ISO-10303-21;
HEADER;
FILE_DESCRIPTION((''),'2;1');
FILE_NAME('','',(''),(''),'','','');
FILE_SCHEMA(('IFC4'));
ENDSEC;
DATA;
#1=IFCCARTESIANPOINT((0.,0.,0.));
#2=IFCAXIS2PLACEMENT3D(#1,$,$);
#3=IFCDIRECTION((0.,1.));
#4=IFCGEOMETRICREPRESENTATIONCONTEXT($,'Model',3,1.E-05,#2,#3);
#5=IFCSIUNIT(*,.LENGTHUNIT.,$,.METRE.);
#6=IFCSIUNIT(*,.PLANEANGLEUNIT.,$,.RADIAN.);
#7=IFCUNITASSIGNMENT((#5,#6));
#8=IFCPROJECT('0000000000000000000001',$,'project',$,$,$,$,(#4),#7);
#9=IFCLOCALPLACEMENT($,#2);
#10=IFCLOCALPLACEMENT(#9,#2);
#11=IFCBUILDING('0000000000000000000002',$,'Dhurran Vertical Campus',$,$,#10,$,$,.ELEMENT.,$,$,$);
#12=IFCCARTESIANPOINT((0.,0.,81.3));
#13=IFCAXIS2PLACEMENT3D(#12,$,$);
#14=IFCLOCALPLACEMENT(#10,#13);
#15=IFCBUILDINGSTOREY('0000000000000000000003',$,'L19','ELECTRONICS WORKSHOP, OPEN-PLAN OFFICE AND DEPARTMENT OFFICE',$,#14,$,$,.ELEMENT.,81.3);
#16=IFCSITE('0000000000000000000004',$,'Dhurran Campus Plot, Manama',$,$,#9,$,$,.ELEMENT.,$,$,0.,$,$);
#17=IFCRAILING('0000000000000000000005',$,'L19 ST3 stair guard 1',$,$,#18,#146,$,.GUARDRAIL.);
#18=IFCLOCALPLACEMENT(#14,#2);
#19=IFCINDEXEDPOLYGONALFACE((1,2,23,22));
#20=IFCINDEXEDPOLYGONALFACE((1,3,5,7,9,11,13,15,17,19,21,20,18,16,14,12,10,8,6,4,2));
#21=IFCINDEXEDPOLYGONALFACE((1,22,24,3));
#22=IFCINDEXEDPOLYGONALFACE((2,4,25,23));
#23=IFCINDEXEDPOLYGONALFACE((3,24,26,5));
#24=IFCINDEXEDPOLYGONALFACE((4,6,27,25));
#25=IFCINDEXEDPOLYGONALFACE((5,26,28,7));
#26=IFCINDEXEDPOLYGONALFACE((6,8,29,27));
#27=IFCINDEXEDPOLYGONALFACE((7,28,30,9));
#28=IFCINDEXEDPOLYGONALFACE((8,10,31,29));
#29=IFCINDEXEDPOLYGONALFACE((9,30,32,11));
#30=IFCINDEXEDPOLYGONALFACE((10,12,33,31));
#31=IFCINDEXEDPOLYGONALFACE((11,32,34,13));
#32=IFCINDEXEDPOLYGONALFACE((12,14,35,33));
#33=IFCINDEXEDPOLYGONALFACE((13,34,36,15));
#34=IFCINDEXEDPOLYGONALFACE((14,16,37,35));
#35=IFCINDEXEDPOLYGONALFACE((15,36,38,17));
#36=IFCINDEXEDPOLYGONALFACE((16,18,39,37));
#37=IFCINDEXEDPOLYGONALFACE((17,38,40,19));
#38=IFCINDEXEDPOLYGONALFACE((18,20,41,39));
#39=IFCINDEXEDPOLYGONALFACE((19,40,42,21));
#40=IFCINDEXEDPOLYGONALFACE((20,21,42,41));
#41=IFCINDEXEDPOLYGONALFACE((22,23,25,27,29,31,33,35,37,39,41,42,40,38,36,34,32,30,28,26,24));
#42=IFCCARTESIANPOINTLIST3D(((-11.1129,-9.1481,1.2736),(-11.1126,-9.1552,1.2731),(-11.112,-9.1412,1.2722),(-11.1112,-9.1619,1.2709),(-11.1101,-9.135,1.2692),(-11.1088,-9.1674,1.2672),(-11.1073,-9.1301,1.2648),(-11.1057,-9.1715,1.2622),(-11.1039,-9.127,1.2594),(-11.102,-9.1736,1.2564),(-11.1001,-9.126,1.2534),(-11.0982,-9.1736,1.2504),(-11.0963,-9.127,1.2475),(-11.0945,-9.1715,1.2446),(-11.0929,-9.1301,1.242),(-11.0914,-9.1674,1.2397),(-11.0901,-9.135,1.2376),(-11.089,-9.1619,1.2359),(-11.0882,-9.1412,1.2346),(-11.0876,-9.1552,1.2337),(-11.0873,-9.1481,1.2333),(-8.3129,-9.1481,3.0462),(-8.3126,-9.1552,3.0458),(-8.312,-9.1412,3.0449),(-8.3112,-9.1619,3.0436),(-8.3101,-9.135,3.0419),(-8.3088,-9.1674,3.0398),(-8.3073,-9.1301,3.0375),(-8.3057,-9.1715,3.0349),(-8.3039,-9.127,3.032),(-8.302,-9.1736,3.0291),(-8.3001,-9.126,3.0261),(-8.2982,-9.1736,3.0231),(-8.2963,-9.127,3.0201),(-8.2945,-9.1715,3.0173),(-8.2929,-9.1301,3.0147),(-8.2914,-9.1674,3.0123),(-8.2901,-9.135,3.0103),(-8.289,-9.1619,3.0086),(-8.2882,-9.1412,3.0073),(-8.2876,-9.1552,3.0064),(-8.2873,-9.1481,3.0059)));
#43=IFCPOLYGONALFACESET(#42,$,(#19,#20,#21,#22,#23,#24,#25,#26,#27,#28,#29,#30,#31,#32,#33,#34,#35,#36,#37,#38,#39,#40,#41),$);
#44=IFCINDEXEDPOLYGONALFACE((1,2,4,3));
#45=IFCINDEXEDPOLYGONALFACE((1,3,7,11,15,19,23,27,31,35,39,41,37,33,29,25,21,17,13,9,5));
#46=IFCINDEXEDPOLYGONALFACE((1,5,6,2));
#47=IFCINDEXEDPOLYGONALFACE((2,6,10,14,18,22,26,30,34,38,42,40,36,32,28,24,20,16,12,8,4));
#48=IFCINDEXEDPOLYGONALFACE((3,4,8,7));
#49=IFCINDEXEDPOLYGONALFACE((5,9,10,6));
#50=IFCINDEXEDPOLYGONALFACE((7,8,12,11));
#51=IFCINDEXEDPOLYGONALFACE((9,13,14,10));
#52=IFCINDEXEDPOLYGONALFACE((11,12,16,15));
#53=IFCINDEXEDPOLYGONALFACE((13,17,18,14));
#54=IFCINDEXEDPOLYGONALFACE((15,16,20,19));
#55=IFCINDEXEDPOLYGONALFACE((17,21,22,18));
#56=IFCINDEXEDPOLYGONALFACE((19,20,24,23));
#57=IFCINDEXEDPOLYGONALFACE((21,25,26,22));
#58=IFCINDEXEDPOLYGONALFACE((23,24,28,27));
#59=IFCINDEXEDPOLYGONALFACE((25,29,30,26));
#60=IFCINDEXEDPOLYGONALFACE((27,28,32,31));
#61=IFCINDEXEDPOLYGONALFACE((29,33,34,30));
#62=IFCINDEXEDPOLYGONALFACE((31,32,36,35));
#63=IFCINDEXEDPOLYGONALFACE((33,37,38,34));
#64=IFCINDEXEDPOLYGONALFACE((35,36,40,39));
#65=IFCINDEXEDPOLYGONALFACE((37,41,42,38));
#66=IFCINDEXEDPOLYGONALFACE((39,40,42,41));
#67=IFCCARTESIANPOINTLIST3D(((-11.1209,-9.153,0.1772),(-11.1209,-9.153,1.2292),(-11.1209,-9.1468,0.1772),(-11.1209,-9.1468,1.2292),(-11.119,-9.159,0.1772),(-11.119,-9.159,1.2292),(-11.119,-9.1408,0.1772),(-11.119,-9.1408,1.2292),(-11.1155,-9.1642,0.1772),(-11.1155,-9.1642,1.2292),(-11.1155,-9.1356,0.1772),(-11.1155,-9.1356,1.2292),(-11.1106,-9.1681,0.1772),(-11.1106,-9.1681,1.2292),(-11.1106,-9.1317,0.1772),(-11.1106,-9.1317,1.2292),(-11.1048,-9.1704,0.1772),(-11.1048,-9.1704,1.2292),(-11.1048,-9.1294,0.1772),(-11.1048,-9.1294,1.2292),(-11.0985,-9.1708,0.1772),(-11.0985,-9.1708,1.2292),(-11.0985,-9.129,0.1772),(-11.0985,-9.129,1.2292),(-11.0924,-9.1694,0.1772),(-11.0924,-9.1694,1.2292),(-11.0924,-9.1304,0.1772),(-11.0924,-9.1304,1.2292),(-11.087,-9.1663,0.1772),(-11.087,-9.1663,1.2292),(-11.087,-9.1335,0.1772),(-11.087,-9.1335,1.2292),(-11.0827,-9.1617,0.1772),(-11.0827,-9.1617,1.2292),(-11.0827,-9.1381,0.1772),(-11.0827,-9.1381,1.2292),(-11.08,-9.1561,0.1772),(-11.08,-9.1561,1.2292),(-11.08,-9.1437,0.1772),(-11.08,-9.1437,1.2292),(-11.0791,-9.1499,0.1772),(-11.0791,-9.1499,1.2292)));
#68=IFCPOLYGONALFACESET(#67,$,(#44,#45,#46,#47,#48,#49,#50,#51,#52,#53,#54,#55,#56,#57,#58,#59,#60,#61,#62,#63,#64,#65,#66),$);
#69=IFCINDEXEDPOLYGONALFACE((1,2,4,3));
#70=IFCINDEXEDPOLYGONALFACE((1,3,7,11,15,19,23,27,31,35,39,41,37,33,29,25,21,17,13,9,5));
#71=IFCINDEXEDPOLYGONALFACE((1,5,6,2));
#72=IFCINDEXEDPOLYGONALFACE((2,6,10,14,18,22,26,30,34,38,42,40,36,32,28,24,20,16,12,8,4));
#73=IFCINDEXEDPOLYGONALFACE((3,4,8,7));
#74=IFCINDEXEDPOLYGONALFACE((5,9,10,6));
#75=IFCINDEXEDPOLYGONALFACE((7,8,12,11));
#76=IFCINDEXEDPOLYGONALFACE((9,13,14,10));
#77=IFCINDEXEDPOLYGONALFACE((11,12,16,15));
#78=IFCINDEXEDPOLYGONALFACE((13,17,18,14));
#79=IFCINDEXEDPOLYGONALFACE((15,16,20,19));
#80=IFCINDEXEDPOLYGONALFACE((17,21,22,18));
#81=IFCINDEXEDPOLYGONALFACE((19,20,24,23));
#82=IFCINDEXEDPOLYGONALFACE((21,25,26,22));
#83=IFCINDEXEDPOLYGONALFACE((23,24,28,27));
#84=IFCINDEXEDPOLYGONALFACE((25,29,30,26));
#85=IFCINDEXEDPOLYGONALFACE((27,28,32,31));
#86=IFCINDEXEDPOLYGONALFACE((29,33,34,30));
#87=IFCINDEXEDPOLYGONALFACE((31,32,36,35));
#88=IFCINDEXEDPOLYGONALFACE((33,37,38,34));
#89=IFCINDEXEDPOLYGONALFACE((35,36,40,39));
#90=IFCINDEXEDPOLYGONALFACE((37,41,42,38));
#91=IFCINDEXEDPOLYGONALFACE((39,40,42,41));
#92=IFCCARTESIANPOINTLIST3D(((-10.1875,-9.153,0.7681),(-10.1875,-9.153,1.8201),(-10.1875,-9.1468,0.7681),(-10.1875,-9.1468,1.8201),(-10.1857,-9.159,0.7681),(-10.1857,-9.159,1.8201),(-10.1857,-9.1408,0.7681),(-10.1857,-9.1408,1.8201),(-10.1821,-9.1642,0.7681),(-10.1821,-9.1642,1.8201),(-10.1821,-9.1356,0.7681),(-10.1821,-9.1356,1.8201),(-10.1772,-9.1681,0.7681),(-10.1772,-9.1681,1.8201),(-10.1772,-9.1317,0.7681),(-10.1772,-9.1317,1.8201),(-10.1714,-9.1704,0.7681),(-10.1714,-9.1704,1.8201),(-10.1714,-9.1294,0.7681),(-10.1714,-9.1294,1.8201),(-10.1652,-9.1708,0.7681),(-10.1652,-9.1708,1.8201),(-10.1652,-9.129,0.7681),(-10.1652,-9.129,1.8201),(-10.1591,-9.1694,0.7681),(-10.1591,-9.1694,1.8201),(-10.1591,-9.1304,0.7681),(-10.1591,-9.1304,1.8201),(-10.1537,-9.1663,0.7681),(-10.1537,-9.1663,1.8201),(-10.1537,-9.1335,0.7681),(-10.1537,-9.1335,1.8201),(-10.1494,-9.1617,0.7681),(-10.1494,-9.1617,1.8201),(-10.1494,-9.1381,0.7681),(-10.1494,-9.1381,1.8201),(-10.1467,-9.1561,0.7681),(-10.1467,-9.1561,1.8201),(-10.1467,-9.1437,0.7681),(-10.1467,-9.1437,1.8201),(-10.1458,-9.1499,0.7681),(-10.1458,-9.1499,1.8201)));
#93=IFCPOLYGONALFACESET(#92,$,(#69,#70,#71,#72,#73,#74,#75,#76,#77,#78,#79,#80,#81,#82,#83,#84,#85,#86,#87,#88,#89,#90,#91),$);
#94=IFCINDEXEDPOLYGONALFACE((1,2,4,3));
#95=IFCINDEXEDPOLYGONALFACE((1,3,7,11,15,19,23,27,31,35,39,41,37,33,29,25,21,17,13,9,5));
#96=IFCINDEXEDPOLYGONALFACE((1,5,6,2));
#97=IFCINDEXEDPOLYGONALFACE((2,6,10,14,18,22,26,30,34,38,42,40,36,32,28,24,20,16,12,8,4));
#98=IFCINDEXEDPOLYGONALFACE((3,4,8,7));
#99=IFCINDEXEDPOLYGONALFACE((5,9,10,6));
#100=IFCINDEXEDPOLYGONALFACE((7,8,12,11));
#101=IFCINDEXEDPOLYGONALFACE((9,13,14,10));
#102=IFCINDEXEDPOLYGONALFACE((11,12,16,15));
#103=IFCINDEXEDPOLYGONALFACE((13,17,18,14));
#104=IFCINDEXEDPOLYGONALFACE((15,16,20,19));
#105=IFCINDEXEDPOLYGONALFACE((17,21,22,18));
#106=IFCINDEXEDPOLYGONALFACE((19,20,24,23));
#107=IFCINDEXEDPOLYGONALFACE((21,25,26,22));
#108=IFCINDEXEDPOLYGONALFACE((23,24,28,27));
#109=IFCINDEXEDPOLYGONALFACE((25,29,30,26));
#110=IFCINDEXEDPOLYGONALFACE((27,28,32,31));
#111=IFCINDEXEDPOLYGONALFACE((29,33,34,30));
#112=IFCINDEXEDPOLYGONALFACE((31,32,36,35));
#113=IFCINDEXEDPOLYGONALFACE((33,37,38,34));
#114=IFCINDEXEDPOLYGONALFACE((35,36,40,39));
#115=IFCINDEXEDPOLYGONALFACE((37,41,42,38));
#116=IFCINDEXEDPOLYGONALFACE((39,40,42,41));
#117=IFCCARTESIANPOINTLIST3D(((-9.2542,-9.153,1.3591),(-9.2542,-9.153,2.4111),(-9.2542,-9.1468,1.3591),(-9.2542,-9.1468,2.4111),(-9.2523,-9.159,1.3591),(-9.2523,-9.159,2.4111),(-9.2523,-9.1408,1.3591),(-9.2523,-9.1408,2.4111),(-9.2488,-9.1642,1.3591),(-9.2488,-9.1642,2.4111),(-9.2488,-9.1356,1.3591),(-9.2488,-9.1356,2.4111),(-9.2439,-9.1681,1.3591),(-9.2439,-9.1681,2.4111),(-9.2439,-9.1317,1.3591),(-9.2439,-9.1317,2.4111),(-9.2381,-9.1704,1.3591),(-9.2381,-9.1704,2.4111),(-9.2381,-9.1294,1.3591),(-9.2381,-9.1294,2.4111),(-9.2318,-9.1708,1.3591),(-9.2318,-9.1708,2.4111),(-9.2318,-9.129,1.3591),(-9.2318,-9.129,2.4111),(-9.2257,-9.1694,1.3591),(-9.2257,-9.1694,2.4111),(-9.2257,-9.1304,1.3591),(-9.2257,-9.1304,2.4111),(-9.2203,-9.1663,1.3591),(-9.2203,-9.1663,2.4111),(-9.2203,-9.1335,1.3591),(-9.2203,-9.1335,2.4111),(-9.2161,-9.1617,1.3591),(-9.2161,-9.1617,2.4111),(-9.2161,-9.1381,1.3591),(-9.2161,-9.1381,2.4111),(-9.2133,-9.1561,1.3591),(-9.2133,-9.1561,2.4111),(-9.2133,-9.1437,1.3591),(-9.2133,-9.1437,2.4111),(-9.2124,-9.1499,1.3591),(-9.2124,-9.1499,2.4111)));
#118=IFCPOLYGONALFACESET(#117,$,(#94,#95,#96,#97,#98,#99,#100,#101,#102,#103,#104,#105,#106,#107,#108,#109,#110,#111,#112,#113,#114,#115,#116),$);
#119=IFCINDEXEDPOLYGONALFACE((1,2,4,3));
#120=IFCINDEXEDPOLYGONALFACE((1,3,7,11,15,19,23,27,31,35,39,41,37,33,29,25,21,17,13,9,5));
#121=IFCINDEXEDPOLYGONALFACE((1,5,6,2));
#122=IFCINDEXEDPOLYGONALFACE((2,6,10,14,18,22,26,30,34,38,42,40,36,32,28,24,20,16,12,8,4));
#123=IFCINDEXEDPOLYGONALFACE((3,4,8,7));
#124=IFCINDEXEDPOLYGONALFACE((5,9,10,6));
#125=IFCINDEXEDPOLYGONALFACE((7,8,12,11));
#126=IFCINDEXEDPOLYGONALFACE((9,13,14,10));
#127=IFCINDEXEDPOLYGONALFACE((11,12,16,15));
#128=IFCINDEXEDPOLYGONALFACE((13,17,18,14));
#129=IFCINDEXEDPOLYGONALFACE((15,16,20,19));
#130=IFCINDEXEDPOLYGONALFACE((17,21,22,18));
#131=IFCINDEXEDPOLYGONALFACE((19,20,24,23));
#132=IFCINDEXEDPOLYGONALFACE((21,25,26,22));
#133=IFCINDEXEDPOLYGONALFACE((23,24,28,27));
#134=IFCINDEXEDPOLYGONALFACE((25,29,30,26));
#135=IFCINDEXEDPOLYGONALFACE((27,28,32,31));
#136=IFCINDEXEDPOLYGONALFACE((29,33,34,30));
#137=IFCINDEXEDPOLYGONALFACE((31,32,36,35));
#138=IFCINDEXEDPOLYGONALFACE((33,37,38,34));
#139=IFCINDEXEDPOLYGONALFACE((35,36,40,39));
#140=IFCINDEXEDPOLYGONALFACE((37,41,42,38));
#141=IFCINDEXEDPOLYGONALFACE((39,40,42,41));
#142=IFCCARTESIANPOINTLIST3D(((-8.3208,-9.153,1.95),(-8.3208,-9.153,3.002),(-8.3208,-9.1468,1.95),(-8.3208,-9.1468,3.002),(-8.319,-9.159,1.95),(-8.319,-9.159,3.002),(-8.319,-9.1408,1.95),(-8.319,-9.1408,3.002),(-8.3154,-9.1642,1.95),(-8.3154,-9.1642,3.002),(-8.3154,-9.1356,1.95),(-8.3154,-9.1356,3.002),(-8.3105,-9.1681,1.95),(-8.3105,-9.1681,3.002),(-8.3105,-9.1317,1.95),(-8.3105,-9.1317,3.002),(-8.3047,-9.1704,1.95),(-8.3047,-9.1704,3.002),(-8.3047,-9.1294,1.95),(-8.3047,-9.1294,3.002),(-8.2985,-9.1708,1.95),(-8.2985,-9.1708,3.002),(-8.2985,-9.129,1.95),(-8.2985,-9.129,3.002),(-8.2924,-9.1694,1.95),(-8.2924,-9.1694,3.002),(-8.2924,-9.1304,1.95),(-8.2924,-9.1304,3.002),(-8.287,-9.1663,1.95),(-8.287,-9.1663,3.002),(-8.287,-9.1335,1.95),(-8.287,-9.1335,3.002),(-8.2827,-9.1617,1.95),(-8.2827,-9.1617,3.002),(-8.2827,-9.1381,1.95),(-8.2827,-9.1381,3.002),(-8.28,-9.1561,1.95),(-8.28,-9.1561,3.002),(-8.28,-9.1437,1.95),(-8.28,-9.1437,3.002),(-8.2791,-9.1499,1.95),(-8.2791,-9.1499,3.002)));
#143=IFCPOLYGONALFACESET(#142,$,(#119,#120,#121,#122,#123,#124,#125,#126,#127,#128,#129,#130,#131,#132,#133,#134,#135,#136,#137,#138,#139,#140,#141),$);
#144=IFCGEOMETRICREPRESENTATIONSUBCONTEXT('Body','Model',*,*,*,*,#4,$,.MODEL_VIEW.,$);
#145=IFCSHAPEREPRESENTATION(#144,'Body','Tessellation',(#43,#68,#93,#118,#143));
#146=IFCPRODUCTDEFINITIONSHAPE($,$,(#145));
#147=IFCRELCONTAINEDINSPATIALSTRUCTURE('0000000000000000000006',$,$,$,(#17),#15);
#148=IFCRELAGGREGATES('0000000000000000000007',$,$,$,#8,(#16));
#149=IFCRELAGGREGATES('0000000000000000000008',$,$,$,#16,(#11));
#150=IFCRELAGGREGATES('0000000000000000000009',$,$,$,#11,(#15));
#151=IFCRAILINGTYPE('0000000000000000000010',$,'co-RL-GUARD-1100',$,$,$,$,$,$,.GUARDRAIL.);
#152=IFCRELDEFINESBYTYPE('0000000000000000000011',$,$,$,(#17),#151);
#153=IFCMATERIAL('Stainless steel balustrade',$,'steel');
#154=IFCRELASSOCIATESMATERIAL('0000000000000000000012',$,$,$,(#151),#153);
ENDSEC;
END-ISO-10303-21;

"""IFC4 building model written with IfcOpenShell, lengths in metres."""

from ifc_helpers import new_model, si_unit, direction, frame, origin, origin_2d, place, context, subcontext, project, spatial, circle, extrude, material, type_object, element, save


model = new_model("IFC4")

# Units and contexts
model_context = context("Model", 3, precision=1e-05, world=origin(), true_north=direction((0.0, 1.0)))
body_context = subcontext(model_context, "Body", "Model", "MODEL_VIEW")
ifc_project = project(units=[si_unit("LENGTHUNIT", "METRE"), si_unit("PLANEANGLEUNIT", "RADIAN")], contexts=[model_context])

# Site, building, storey
site_placement = place(None, origin())
site = spatial("IfcSite", under=ifc_project, at=site_placement, Name="Dhurran Campus Plot, Manama", CompositionType="ELEMENT", RefElevation=0.0)
building_placement = place(site_placement, origin())
building = spatial("IfcBuilding", under=site, at=building_placement, Name="Dhurran Vertical Campus", CompositionType="ELEMENT")
storey_placement = place(building_placement, frame((0.0, 0.0, 81.3)))
storey = spatial("IfcBuildingStorey", under=building, at=storey_placement, Name="L19", Description="ELECTRONICS WORKSHOP, OPEN-PLAN OFFICE AND DEPARTMENT OFFICE", CompositionType="ELEMENT", Elevation=81.3)

# Railing
ifc_material_1 = material(Name="Stainless steel balustrade", Category="steel")
railing_type_1 = type_object("IfcRailingType", Name="co-RL-GUARD-1100", PredefinedType="GUARDRAIL", material=ifc_material_1)
railing_1_placement = place(storey_placement, frame((-11.1001, -9.1499, 0.1772)))
element("IfcRailing", 1, at=railing_1_placement, inside=storey, type_object=railing_type_1, Name="L19 ST3 stair guard 1", PredefinedType="GUARDRAIL", context=body_context, shape_type="SweptSolid", body=[
    extrude(circle(Radius=0.0239, at=origin_2d()), frame((0.0, 0.0, 1.0762), z_axis=(0.844909, 0.0, 0.53491), x_axis=(0.0, 1.0, 0.0)), (0.0, 0.0, 1.0), 3.314),
    extrude(circle(Radius=0.021, at=origin_2d()), origin(), (0.0, 0.0, 1.0), 1.052),
    extrude(circle(Radius=0.021, at=origin_2d()), frame((0.9333, 0.0, 0.5908)), (0.0, 0.0, 1.0), 1.052),
    extrude(circle(Radius=0.021, at=origin_2d()), frame((1.8667, 0.0, 1.1819)), (0.0, 0.0, 1.0), 1.052),
    extrude(circle(Radius=0.021, at=origin_2d()), frame((2.8, 0.0, 1.7727)), (0.0, 0.0, 1.0), 1.052),
])

save(model, "model.ifc")
